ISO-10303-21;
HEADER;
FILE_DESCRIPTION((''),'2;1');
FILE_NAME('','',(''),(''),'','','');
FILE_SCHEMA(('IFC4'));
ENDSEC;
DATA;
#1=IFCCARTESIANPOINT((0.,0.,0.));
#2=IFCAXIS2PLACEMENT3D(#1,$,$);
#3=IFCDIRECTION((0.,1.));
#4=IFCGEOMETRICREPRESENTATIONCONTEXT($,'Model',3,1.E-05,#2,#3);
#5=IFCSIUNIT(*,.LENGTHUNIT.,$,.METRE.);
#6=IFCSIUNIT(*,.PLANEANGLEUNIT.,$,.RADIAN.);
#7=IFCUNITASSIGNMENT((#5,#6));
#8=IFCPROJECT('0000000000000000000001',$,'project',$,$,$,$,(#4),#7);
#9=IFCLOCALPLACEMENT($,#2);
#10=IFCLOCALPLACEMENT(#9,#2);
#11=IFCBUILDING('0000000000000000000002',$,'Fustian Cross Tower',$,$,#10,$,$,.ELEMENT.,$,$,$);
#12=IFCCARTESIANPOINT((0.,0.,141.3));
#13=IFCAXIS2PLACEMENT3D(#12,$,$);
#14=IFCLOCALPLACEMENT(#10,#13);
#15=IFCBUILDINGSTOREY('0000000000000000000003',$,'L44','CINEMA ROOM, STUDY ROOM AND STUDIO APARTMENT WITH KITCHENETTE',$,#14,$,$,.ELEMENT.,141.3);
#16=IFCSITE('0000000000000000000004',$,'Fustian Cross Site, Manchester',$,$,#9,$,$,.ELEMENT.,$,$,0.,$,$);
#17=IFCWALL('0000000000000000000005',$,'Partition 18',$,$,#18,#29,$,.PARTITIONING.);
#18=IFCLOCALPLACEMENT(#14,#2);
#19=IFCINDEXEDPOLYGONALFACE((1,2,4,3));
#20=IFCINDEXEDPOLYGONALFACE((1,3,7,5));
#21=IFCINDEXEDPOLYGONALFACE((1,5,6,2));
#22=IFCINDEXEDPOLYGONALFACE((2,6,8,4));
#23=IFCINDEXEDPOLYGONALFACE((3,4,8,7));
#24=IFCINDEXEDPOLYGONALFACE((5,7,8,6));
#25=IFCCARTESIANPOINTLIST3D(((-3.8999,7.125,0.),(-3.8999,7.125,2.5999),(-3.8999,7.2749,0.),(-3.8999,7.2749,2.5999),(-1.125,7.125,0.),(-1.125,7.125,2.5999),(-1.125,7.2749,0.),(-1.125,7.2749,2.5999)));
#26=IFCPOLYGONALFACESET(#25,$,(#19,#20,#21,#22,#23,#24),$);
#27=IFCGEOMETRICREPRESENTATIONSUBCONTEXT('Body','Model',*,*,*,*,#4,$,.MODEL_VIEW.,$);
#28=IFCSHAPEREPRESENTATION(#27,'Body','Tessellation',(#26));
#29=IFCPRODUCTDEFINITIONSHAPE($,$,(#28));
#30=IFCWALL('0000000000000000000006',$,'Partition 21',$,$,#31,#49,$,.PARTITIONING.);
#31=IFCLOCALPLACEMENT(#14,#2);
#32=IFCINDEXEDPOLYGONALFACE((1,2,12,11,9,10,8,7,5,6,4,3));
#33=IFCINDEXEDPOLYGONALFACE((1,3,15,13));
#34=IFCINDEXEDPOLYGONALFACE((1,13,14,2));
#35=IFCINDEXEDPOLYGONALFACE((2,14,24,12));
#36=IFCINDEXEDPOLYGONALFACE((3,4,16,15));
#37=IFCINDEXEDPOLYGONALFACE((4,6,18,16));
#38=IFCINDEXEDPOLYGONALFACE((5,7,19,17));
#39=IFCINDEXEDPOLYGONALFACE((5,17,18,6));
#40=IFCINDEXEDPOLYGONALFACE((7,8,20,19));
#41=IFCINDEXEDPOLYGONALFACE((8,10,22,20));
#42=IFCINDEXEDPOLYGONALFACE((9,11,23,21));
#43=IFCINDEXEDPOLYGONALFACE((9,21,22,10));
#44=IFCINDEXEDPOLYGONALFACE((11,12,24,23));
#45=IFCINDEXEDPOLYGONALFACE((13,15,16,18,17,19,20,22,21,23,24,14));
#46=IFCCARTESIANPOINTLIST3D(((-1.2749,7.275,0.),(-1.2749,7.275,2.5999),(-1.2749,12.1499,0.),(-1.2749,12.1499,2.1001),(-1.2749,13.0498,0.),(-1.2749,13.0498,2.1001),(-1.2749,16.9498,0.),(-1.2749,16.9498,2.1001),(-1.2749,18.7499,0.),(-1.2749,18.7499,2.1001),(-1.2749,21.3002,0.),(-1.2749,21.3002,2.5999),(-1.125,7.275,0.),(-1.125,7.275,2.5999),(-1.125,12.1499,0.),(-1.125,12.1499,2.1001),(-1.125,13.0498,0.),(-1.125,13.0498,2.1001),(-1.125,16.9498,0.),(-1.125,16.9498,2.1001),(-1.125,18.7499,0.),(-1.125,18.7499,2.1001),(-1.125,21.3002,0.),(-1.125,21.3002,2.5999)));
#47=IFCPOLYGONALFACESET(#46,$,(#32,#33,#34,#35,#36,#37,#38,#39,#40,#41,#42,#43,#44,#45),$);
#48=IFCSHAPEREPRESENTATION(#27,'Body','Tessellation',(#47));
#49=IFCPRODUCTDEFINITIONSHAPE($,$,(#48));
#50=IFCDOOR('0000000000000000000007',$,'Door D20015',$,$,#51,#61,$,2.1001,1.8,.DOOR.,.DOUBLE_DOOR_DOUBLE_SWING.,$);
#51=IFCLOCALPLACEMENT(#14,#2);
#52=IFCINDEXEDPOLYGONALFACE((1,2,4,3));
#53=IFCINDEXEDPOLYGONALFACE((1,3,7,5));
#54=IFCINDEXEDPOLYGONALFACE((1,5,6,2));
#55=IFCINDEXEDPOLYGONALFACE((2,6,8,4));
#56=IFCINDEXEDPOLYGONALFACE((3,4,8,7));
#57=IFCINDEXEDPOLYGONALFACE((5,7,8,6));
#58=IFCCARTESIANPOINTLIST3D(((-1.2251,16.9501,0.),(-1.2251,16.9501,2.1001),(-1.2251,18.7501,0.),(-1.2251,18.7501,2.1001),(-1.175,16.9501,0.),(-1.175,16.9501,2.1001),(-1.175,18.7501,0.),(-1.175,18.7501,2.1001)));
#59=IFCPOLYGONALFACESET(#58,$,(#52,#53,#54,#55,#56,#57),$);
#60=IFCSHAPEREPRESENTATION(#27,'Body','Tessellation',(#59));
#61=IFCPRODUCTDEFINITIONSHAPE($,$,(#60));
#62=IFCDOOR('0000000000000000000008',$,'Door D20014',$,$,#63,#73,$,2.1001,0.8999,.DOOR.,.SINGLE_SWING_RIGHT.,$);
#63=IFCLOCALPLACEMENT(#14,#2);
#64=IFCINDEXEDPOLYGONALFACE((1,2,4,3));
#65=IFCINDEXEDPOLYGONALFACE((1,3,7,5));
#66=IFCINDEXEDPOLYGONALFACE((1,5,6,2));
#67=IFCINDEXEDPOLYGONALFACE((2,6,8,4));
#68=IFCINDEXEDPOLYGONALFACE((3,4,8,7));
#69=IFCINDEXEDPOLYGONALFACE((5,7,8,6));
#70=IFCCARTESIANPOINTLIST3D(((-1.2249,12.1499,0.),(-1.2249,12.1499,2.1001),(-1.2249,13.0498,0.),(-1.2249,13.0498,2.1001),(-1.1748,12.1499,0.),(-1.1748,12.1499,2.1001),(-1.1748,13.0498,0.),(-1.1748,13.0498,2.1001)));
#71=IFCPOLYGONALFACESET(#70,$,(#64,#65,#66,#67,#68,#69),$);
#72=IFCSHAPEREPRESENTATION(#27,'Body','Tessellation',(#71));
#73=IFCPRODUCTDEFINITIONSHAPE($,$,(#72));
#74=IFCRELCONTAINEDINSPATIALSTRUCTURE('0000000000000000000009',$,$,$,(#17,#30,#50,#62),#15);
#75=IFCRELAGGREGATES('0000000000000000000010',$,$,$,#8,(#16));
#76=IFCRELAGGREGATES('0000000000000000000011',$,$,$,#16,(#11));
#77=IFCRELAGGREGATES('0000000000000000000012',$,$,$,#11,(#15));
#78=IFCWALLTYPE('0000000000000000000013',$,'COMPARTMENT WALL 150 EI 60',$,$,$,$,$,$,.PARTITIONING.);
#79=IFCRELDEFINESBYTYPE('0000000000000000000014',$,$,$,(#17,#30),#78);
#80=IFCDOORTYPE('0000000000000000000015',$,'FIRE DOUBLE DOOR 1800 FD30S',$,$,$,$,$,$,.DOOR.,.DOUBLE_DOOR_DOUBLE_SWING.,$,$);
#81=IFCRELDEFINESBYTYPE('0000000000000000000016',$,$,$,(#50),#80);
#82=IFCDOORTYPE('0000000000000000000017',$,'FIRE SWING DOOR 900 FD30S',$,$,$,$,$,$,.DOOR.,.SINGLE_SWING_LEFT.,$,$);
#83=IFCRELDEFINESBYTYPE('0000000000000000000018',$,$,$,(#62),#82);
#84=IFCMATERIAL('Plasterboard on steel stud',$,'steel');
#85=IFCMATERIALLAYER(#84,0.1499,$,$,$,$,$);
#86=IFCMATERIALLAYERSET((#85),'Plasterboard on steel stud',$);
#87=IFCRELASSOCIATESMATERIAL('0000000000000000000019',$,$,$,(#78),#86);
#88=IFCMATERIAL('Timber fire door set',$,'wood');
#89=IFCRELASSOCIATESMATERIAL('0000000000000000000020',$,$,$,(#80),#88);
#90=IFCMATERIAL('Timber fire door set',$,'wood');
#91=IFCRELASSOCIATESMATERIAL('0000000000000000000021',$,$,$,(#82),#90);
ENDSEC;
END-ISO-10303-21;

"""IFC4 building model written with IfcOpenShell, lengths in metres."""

from ifc_helpers import new_model, si_unit, direction, frame, frame_2d, origin, place, context, subcontext, project, spatial, rectangle, extrude, material, layer, layer_set, type_object, element, fill, save


model = new_model("IFC4")

# Units and contexts
model_context = context("Model", 3, precision=1e-05, world=origin(), true_north=direction((0.0, 1.0)))
body_context = subcontext(model_context, "Body", "Model", "MODEL_VIEW")
ifc_project = project(units=[si_unit("LENGTHUNIT", "METRE"), si_unit("PLANEANGLEUNIT", "RADIAN")], contexts=[model_context])

# Site, building, storey
site_placement = place(None, origin())
site = spatial("IfcSite", under=ifc_project, at=site_placement, Name="Fustian Cross Site, Manchester", CompositionType="ELEMENT", RefElevation=0.0)
building_placement = place(site_placement, origin())
building = spatial("IfcBuilding", under=site, at=building_placement, Name="Fustian Cross Tower", CompositionType="ELEMENT")
storey_placement = place(building_placement, frame((0.0, 0.0, 141.3)))
storey = spatial("IfcBuildingStorey", under=building, at=storey_placement, Name="L44", Description="CINEMA ROOM, STUDY ROOM AND STUDIO APARTMENT WITH KITCHENETTE", CompositionType="ELEMENT", Elevation=141.3)

# Wall
ifc_material_1 = material(Name="Plasterboard on steel stud", Category="steel")
ifc_layer_1 = layer(ifc_material_1, 0.1499)
ifc_layer_set_1 = layer_set([ifc_layer_1], Name="Plasterboard on steel stud")
wall_type = type_object("IfcWallType", Name="COMPARTMENT WALL 150 EI 60", PredefinedType="PARTITIONING", material=ifc_layer_set_1)
wall_1_placement = place(storey_placement, frame((-3.8999, 7.2, 0.0), z_axis=(0.0, 0.0, 1.0), x_axis=(1.0, 0.0, 0.0)))
element("IfcWall", 1, at=wall_1_placement, inside=storey, type_object=wall_type, Name="Partition 18", PredefinedType="PARTITIONING", context=body_context, shape_type="SweptSolid", body=[
    extrude(rectangle(XDim=2.7749, YDim=0.1499, at=frame_2d((1.3875, 0.0))), origin(), (0.0, 0.0, 1.0), 2.5999),
])

# Wall, openings, doors
wall_2_placement = place(storey_placement, frame((-1.2, 7.2749, 0.0), z_axis=(0.0, 0.0, 1.0), x_axis=(0.0, 1.0, 0.0)))
wall_2 = element("IfcWall", 2, at=wall_2_placement, inside=storey, type_object=wall_type, Name="Partition 21", PredefinedType="PARTITIONING", context=body_context, shape_type="SweptSolid", body=[
    extrude(rectangle(XDim=14.0251, YDim=0.1499, at=frame_2d((7.0127, 0.0))), origin(), (0.0, 0.0, 1.0), 2.5999),
])
opening_1_placement = place(wall_2_placement, frame((4.875, 0.0, 0.0)))
opening_1 = element("IfcOpeningElement", 3, at=opening_1_placement, cuts=wall_2, PredefinedType="OPENING", context=body_context, shape_type="SweptSolid", body=[
    extrude(rectangle(XDim=0.8999, YDim=2.1001, at=frame_2d((0.45, 1.05))), frame((0.0, 0.085, 0.0), z_axis=(0.0, -1.0, 0.0), x_axis=(1.0, 0.0, 0.0)), (0.0, 0.0, 1.0), 0.1699),
])
opening_2_placement = place(wall_2_placement, frame((9.675, 0.0, 0.0)))
opening_2 = element("IfcOpeningElement", 4, at=opening_2_placement, cuts=wall_2, PredefinedType="OPENING", context=body_context, shape_type="SweptSolid", body=[
    extrude(rectangle(XDim=1.8, YDim=2.1001, at=frame_2d((0.8999, 1.05))), frame((0.0, 0.085, 0.0), z_axis=(0.0, -1.0, 0.0), x_axis=(1.0, 0.0, 0.0)), (0.0, 0.0, 1.0), 0.1699),
])
ifc_material_2 = material(Name="Timber fire door set", Category="wood")
door_type_1 = type_object("IfcDoorType", Name="FIRE DOUBLE DOOR 1800 FD30S", OperationType="DOUBLE_DOOR_DOUBLE_SWING", PredefinedType="DOOR", material=ifc_material_2)
door_1_placement = place(opening_2_placement, frame((1.8, 0.0, 0.0), z_axis=(0.0, 0.0, 1.0), x_axis=(-1.0, 0.0, 0.0)))
door_1 = element("IfcDoor", 5, at=door_1_placement, inside=storey, type_object=door_type_1, Name="Door D20015", OperationType="DOUBLE_DOOR_DOUBLE_SWING", OverallHeight=2.1001, OverallWidth=1.8, PredefinedType="DOOR", context=body_context, shape_type="SweptSolid", body=[
    extrude(rectangle(XDim=1.8, YDim=2.1001, at=frame_2d((0.8999, 1.05))), frame((0.0, 0.0249, 0.0), z_axis=(0.0, -1.0, 0.0), x_axis=(1.0, 0.0, 0.0)), (0.0, 0.0, 1.0), 0.05),
])
fill(opening_2, door_1)
ifc_material_3 = material(Name="Timber fire door set", Category="wood")
door_type_2 = type_object("IfcDoorType", Name="FIRE SWING DOOR 900 FD30S", OperationType="SINGLE_SWING_LEFT", PredefinedType="DOOR", material=ifc_material_3)
door_2_placement = place(opening_1_placement, origin())
door_2 = element("IfcDoor", 6, at=door_2_placement, inside=storey, type_object=door_type_2, Name="Door D20014", OperationType="SINGLE_SWING_RIGHT", OverallHeight=2.1001, OverallWidth=0.8999, PredefinedType="DOOR", context=body_context, shape_type="SweptSolid", body=[
    extrude(rectangle(XDim=0.8999, YDim=2.1001, at=frame_2d((0.45, 1.05))), frame((0.0, 0.0249, 0.0), z_axis=(0.0, -1.0, 0.0), x_axis=(1.0, 0.0, 0.0)), (0.0, 0.0, 1.0), 0.05),
])
fill(opening_1, door_2)

save(model, "model.ifc")
